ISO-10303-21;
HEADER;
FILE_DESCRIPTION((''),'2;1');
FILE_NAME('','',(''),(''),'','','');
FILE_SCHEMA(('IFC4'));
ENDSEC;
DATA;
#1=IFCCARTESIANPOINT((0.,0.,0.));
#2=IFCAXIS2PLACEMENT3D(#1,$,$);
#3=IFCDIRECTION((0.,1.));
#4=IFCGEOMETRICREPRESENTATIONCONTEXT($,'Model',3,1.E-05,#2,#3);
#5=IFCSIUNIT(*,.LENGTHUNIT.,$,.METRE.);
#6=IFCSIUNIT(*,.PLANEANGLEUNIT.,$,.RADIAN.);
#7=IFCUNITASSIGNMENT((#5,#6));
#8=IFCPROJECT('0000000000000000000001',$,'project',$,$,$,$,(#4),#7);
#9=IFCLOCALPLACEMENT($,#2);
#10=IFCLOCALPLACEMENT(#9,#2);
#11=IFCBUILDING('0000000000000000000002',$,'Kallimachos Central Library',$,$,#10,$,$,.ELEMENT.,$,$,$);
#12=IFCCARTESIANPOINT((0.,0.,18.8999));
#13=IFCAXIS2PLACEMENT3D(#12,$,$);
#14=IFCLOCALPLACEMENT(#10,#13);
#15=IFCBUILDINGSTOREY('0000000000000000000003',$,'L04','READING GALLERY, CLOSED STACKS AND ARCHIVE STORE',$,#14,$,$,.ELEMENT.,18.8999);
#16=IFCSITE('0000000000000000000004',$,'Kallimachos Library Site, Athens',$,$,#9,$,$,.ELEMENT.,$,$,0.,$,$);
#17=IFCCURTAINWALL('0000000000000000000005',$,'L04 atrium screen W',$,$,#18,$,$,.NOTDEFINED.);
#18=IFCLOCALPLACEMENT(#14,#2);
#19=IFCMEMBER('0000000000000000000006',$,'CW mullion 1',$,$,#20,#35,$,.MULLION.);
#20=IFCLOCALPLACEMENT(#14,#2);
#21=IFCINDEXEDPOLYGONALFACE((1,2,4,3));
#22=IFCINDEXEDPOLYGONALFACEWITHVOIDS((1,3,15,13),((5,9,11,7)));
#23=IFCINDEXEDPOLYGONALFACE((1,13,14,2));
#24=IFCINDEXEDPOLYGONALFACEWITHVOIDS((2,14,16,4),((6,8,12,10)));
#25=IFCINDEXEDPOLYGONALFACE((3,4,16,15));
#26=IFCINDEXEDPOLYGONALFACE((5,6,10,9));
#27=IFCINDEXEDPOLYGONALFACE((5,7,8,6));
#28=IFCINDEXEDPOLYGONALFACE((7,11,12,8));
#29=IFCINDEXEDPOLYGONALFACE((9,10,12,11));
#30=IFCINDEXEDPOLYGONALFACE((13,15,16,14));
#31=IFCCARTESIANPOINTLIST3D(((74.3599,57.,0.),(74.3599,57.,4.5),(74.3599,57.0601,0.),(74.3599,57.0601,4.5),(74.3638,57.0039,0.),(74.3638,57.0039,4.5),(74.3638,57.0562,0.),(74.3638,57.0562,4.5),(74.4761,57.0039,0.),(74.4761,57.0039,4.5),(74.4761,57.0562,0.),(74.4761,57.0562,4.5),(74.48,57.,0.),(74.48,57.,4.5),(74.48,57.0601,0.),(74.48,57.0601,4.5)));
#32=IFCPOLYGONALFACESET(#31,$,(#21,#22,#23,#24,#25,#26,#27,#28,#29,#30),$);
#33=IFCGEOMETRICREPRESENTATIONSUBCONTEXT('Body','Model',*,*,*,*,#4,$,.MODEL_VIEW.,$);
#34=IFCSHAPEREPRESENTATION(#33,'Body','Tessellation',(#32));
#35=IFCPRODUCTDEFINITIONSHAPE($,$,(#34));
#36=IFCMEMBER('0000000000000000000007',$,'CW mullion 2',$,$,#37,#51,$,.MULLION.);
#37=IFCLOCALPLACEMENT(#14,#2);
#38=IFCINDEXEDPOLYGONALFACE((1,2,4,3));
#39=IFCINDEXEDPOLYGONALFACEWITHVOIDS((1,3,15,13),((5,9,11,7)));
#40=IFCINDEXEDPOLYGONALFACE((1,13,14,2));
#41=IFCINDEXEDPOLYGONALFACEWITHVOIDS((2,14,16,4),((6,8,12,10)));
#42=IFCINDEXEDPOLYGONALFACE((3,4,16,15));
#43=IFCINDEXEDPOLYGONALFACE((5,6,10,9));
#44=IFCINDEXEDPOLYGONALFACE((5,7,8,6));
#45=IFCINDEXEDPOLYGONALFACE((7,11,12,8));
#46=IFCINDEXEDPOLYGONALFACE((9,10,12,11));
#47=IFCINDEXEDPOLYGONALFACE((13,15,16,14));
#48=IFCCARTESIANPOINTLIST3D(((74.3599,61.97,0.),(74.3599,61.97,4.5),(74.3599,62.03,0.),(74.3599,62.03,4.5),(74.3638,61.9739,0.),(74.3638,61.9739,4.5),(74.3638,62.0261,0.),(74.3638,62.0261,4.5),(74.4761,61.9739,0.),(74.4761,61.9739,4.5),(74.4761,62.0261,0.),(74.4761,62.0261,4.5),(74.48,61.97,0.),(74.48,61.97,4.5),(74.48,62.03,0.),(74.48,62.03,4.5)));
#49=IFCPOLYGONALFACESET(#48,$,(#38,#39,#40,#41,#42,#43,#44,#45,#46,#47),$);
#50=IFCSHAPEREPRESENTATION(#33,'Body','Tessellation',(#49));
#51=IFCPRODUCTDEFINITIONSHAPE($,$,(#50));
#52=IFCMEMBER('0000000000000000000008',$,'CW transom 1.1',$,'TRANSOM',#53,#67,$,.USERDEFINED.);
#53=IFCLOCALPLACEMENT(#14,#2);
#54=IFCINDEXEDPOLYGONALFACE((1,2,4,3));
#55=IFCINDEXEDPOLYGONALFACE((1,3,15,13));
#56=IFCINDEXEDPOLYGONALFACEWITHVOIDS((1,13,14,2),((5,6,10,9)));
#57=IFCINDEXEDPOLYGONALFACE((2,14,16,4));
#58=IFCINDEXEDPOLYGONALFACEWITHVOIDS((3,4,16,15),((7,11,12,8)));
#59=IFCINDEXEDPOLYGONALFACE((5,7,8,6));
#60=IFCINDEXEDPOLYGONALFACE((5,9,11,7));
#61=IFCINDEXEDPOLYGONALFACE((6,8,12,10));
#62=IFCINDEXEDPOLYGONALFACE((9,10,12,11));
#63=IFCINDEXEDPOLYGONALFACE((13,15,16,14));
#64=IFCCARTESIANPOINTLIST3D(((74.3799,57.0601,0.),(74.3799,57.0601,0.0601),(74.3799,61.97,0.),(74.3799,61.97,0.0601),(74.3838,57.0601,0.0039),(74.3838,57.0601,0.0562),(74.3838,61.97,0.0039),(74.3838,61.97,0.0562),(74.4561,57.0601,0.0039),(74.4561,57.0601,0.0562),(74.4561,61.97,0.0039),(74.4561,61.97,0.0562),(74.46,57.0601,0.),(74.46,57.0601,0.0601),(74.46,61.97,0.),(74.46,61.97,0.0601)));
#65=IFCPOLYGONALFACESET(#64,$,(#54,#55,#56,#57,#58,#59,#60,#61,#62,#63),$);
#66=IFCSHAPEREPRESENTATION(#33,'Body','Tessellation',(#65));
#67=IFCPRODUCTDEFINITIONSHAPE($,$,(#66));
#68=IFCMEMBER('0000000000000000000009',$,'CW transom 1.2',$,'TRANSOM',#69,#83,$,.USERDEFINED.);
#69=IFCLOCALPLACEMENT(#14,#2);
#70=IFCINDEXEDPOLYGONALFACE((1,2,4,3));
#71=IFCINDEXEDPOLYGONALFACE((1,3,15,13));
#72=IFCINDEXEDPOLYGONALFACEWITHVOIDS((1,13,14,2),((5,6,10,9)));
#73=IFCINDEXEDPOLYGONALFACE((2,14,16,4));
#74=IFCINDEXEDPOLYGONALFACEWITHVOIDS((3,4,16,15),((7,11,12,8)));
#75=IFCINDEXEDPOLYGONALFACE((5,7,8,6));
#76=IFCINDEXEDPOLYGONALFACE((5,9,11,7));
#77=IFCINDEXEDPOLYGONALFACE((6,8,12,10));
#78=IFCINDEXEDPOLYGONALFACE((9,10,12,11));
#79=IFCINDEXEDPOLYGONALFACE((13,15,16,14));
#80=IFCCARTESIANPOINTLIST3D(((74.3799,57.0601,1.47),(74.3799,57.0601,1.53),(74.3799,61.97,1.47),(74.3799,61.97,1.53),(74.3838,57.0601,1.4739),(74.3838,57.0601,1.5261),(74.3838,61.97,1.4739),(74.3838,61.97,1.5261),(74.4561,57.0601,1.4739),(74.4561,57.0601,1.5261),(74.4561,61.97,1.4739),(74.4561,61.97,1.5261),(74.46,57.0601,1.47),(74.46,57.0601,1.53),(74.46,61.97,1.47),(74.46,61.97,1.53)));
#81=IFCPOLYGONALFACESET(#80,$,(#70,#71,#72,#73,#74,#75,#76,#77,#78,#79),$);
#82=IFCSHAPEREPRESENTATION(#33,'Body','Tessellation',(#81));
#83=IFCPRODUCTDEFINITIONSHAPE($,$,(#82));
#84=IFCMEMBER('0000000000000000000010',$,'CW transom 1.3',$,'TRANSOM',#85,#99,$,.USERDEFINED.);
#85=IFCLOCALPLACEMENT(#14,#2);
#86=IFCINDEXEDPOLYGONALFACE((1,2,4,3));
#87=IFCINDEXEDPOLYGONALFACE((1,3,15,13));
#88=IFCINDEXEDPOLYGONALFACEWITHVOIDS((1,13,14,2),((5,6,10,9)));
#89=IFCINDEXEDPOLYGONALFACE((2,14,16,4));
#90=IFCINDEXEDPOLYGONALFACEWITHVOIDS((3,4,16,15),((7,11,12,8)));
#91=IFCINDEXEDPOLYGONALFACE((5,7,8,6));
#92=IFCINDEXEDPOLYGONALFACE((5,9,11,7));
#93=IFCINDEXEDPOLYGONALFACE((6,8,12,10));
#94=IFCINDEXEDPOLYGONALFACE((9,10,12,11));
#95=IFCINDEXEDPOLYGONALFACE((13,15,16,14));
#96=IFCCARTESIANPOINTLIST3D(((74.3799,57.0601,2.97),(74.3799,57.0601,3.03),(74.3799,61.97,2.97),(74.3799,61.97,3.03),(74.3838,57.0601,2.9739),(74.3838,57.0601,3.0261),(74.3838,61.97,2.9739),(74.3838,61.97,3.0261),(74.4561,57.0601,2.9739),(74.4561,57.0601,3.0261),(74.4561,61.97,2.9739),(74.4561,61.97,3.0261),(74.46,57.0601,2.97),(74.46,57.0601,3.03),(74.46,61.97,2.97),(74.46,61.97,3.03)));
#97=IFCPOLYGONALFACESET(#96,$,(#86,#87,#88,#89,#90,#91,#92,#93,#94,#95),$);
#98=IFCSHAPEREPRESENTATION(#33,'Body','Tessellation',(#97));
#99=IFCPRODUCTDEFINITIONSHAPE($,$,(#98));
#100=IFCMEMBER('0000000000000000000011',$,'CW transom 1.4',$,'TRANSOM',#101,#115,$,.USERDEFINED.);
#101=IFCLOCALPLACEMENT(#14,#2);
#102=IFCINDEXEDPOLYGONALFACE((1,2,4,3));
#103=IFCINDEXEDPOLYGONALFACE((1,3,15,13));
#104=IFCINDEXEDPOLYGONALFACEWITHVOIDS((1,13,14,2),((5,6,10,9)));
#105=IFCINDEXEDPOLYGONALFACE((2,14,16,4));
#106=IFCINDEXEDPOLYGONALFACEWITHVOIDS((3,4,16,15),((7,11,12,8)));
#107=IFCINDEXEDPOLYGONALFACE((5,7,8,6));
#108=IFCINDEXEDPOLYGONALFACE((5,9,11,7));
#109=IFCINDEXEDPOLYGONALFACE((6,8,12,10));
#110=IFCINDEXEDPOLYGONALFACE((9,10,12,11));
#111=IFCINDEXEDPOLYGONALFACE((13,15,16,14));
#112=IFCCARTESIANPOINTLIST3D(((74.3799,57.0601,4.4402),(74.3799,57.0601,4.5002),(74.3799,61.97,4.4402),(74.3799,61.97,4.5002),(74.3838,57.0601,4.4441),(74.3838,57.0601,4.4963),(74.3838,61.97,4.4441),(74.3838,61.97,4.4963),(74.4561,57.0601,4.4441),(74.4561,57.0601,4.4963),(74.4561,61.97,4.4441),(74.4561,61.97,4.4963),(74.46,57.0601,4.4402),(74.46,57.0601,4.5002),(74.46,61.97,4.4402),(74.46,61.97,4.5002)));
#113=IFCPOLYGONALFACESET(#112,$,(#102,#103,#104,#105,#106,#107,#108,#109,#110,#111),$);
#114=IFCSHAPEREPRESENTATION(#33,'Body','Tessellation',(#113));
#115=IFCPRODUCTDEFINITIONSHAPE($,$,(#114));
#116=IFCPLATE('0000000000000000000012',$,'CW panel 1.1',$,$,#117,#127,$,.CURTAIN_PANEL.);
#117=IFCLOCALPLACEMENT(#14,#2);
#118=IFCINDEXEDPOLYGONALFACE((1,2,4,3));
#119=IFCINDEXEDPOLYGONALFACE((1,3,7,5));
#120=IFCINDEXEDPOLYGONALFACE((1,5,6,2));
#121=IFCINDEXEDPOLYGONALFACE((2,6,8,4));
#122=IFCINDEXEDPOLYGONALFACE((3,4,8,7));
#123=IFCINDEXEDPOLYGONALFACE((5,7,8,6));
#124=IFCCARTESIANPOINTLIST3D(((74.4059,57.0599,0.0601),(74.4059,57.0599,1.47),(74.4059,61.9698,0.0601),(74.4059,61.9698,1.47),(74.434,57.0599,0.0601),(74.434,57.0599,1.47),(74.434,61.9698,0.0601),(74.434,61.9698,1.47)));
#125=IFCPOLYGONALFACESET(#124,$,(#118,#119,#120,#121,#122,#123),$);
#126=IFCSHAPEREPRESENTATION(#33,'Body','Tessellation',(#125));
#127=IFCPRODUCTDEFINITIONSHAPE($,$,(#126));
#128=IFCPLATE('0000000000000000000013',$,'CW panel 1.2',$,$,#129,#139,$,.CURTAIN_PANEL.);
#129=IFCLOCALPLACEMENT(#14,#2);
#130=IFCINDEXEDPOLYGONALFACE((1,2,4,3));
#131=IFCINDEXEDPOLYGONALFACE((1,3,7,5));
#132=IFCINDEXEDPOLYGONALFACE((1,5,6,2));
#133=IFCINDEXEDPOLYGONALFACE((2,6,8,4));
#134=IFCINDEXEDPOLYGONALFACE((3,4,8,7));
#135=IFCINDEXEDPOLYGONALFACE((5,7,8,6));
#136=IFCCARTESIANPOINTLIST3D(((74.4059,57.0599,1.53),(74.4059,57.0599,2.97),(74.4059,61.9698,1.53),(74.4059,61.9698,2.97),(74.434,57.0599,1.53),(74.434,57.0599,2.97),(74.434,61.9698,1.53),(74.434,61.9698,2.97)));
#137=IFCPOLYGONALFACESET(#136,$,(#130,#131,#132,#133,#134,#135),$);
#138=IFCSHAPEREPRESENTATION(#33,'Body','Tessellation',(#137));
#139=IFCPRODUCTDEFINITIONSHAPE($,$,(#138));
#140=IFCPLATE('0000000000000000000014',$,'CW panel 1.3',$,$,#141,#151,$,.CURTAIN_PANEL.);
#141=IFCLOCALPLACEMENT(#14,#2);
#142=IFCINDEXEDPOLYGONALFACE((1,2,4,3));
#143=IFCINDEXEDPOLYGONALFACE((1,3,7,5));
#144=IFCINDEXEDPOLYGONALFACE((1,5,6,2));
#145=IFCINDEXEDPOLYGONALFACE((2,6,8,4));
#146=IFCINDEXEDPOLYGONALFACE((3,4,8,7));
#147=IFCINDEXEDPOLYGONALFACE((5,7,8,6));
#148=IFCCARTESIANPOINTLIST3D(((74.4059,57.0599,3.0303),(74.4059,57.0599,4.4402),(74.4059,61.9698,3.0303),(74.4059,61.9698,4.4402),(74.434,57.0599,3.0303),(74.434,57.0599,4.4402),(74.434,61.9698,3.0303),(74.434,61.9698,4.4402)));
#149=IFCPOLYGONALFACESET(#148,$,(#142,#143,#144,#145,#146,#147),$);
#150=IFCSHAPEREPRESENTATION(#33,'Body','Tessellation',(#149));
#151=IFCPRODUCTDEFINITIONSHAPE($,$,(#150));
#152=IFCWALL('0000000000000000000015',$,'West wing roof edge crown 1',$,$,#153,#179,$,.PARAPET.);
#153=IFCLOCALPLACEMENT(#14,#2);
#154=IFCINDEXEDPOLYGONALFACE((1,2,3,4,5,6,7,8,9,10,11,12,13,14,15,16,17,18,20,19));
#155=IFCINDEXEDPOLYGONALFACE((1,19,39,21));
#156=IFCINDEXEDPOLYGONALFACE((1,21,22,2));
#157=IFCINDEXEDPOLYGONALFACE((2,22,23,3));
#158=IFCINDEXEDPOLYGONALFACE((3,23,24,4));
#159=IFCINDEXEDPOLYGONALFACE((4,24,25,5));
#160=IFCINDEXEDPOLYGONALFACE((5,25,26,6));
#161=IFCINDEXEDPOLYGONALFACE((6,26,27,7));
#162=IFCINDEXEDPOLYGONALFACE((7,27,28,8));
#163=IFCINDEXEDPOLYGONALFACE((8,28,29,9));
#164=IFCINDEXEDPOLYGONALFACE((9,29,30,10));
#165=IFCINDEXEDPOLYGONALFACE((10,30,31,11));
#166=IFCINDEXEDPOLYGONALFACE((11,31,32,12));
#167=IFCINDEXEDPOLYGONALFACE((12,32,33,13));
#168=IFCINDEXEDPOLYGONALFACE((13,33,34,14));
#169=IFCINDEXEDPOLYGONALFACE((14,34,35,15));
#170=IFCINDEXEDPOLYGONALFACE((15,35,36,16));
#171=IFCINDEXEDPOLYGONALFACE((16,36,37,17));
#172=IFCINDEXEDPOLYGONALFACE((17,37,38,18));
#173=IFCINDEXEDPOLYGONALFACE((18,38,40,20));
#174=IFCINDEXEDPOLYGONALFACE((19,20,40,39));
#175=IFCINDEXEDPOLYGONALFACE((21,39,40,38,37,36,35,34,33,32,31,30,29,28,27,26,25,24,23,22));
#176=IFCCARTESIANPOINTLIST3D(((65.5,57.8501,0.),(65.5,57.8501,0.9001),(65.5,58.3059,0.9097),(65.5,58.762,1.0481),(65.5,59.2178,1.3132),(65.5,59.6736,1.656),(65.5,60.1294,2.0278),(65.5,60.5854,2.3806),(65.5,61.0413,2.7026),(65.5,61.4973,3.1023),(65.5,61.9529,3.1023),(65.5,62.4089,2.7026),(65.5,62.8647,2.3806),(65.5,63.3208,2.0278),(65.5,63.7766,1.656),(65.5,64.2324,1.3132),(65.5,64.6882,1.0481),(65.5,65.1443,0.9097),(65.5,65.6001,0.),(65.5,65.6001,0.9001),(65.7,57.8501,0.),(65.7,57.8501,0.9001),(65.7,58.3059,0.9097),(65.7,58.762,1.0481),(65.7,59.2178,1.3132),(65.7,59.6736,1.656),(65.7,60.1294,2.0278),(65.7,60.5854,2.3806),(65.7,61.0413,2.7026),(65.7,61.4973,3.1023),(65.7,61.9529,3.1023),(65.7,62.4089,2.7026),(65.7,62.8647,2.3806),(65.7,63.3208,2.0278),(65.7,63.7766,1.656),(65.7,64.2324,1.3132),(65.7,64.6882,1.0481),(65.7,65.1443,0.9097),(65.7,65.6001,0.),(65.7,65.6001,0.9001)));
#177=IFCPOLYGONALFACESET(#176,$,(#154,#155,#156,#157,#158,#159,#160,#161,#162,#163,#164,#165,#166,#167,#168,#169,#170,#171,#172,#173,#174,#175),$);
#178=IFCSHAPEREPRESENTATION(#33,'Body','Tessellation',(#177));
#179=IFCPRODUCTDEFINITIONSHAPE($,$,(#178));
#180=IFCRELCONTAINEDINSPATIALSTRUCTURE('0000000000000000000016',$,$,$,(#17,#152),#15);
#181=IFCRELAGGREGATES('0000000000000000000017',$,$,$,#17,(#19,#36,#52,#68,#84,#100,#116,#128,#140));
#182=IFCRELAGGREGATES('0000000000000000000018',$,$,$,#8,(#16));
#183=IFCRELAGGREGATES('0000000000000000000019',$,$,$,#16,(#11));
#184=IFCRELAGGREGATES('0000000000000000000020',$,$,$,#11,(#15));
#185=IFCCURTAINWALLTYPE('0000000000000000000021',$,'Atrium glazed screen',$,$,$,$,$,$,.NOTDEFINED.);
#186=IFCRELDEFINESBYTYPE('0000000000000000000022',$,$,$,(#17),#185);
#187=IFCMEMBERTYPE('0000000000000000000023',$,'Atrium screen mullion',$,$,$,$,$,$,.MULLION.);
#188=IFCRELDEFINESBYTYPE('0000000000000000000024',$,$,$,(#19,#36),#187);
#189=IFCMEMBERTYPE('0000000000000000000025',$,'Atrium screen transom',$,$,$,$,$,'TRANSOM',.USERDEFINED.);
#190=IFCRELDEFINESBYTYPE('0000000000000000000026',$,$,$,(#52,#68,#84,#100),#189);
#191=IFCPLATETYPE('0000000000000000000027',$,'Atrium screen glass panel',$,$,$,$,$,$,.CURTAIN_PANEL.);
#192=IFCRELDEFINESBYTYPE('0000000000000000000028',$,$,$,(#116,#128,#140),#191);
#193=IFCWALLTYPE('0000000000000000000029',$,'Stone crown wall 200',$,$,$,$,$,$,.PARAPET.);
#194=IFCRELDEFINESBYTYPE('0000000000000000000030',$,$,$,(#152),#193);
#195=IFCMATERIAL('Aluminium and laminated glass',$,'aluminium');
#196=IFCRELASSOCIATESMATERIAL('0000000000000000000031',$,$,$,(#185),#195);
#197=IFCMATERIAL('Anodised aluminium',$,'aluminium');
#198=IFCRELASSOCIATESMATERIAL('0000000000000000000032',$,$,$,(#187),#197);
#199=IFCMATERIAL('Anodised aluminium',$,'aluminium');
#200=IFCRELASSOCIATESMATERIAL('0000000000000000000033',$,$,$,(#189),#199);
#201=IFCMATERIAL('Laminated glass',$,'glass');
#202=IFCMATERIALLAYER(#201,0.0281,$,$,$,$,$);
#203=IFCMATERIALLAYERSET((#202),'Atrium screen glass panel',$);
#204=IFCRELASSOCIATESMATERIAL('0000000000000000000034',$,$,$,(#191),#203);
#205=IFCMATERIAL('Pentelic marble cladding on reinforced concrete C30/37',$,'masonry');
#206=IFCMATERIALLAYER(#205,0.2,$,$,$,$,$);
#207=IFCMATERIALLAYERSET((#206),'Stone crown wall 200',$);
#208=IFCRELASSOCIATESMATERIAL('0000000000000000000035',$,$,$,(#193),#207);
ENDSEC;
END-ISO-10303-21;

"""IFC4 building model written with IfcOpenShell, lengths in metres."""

from ifc_helpers import new_model, si_unit, direction, frame, origin, origin_2d, place, context, subcontext, project, spatial, polyline, rectangle, hollow_rectangle, outline, extrude, material, layer, layer_set, material_profile, profile_set, type_object, element, aggregate, save


model = new_model("IFC4")

# Units and contexts
model_context = context("Model", 3, precision=1e-05, world=origin(), true_north=direction((0.0, 1.0)))
body_context = subcontext(model_context, "Body", "Model", "MODEL_VIEW")
ifc_project = project(units=[si_unit("LENGTHUNIT", "METRE"), si_unit("PLANEANGLEUNIT", "RADIAN")], contexts=[model_context])

# Site, building, storey
site_placement = place(None, origin())
site = spatial("IfcSite", under=ifc_project, at=site_placement, Name="Kallimachos Library Site, Athens", CompositionType="ELEMENT", RefElevation=0.0)
building_placement = place(site_placement, origin())
building = spatial("IfcBuilding", under=site, at=building_placement, Name="Kallimachos Central Library", CompositionType="ELEMENT")
storey_placement = place(building_placement, frame((0.0, 0.0, 18.8999)))
storey = spatial("IfcBuildingStorey", under=building, at=storey_placement, Name="L04", Description="READING GALLERY, CLOSED STACKS AND ARCHIVE STORE", CompositionType="ELEMENT", Elevation=18.8999)

# Curtain wall, members, plates
ifc_material_1 = material(Name="Aluminium and laminated glass", Category="aluminium")
curtain_wall_type = type_object("IfcCurtainWallType", Name="Atrium glazed screen", PredefinedType="NOTDEFINED", material=ifc_material_1)
curtain_wall_placement = place(storey_placement, origin())
curtain_wall = element("IfcCurtainWall", 1, at=curtain_wall_placement, inside=storey, type_object=curtain_wall_type, Name="L04 atrium screen W", PredefinedType="NOTDEFINED")
ifc_material_2 = material(Name="Anodised aluminium", Category="aluminium")
ifc_material_profile_1 = material_profile(ifc_material_2, hollow_rectangle(XDim=0.0601, YDim=0.1201, WallThickness=0.0039, at=origin_2d()), Name="ALU MULLION 60x120")
ifc_profile_set_1 = profile_set([ifc_material_profile_1], Name="Anodised aluminium")
member_type_1 = type_object("IfcMemberType", Name="Atrium screen mullion", PredefinedType="MULLION", material=ifc_profile_set_1)
member_1_placement = place(storey_placement, frame((74.4199, 57.03, 0.0), z_axis=(0.0, 0.0, 1.0), x_axis=(0.0, 1.0, 0.0)))
member_1 = element("IfcMember", 2, at=member_1_placement, type_object=member_type_1, Name="CW mullion 1", PredefinedType="MULLION", context=body_context, shape_type="SweptSolid", body=[
    extrude(hollow_rectangle(XDim=0.0601, YDim=0.1201, WallThickness=0.0039, at=origin_2d()), origin(), (0.0, 0.0, 1.0), 4.5),
])
member_2_placement = place(storey_placement, frame((74.4199, 62.0, 0.0), z_axis=(0.0, 0.0, 1.0), x_axis=(0.0, 1.0, 0.0)))
member_2 = element("IfcMember", 3, at=member_2_placement, type_object=member_type_1, Name="CW mullion 2", PredefinedType="MULLION", context=body_context, shape_type="SweptSolid", body=[
    extrude(hollow_rectangle(XDim=0.0601, YDim=0.1201, WallThickness=0.0039, at=origin_2d()), origin(), (0.0, 0.0, 1.0), 4.5),
])
ifc_material_3 = material(Name="Anodised aluminium", Category="aluminium")
ifc_material_profile_2 = material_profile(ifc_material_3, hollow_rectangle(XDim=0.0601, YDim=0.0801, WallThickness=0.0039, at=origin_2d()), Name="ALU TRANSOM 60x80")
ifc_profile_set_2 = profile_set([ifc_material_profile_2], Name="Anodised aluminium")
member_type_2 = type_object("IfcMemberType", Name="Atrium screen transom", ElementType="TRANSOM", PredefinedType="USERDEFINED", material=ifc_profile_set_2)
member_3_placement = place(storey_placement, frame((74.4199, 57.0601, 0.03), z_axis=(0.0, 1.0, 0.0), x_axis=(0.0, 0.0, 1.0)))
member_3 = element("IfcMember", 4, at=member_3_placement, type_object=member_type_2, Name="CW transom 1.1", ObjectType="TRANSOM", PredefinedType="USERDEFINED", context=body_context, shape_type="SweptSolid", body=[
    extrude(hollow_rectangle(XDim=0.0601, YDim=0.0801, WallThickness=0.0039, at=origin_2d()), origin(), (0.0, 0.0, 1.0), 4.9099),
])
member_4_placement = place(storey_placement, frame((74.4199, 57.0601, 1.5), z_axis=(0.0, 1.0, 0.0), x_axis=(0.0, 0.0, 1.0)))
member_4 = element("IfcMember", 5, at=member_4_placement, type_object=member_type_2, Name="CW transom 1.2", ObjectType="TRANSOM", PredefinedType="USERDEFINED", context=body_context, shape_type="SweptSolid", body=[
    extrude(hollow_rectangle(XDim=0.0601, YDim=0.0801, WallThickness=0.0039, at=origin_2d()), origin(), (0.0, 0.0, 1.0), 4.9099),
])
member_5_placement = place(storey_placement, frame((74.4199, 57.0601, 3.0), z_axis=(0.0, 1.0, 0.0), x_axis=(0.0, 0.0, 1.0)))
member_5 = element("IfcMember", 6, at=member_5_placement, type_object=member_type_2, Name="CW transom 1.3", ObjectType="TRANSOM", PredefinedType="USERDEFINED", context=body_context, shape_type="SweptSolid", body=[
    extrude(hollow_rectangle(XDim=0.0601, YDim=0.0801, WallThickness=0.0039, at=origin_2d()), origin(), (0.0, 0.0, 1.0), 4.9099),
])
member_6_placement = place(storey_placement, frame((74.4199, 57.0601, 4.4702), z_axis=(0.0, 1.0, 0.0), x_axis=(0.0, 0.0, 1.0)))
member_6 = element("IfcMember", 7, at=member_6_placement, type_object=member_type_2, Name="CW transom 1.4", ObjectType="TRANSOM", PredefinedType="USERDEFINED", context=body_context, shape_type="SweptSolid", body=[
    extrude(hollow_rectangle(XDim=0.0601, YDim=0.0801, WallThickness=0.0039, at=origin_2d()), origin(), (0.0, 0.0, 1.0), 4.9099),
])
ifc_material_4 = material(Name="Laminated glass", Category="glass")
ifc_layer_1 = layer(ifc_material_4, 0.0281)
ifc_layer_set_1 = layer_set([ifc_layer_1], Name="Atrium screen glass panel")
plate_type = type_object("IfcPlateType", Name="Atrium screen glass panel", PredefinedType="CURTAIN_PANEL", material=ifc_layer_set_1)
plate_1_placement = place(storey_placement, frame((74.4199, 59.5149, 0.0601), z_axis=(0.0, 0.0, 1.0), x_axis=(0.0, 1.0, 0.0)))
plate_1 = element("IfcPlate", 8, at=plate_1_placement, type_object=plate_type, Name="CW panel 1.1", PredefinedType="CURTAIN_PANEL", context=body_context, shape_type="SweptSolid", body=[
    extrude(rectangle(XDim=4.9099, YDim=0.0281, at=origin_2d()), origin(), (0.0, 0.0, 1.0), 1.4099),
])
plate_2_placement = place(storey_placement, frame((74.4199, 59.5149, 1.53), z_axis=(0.0, 0.0, 1.0), x_axis=(0.0, 1.0, 0.0)))
plate_2 = element("IfcPlate", 9, at=plate_2_placement, type_object=plate_type, Name="CW panel 1.2", PredefinedType="CURTAIN_PANEL", context=body_context, shape_type="SweptSolid", body=[
    extrude(rectangle(XDim=4.9099, YDim=0.0281, at=origin_2d()), origin(), (0.0, 0.0, 1.0), 1.4399),
])
plate_3_placement = place(storey_placement, frame((74.4199, 59.5149, 3.0303), z_axis=(0.0, 0.0, 1.0), x_axis=(0.0, 1.0, 0.0)))
plate_3 = element("IfcPlate", 10, at=plate_3_placement, type_object=plate_type, Name="CW panel 1.3", PredefinedType="CURTAIN_PANEL", context=body_context, shape_type="SweptSolid", body=[
    extrude(rectangle(XDim=4.9099, YDim=0.0281, at=origin_2d()), origin(), (0.0, 0.0, 1.0), 1.4099),
])
aggregate(curtain_wall, [member_1, member_2, member_3, member_4, member_5, member_6, plate_1, plate_2, plate_3])

# Wall
ifc_material_5 = material(Name="Pentelic marble cladding on reinforced concrete C30/37", Category="masonry")
ifc_layer_2 = layer(ifc_material_5, 0.2)
ifc_layer_set_2 = layer_set([ifc_layer_2], Name="Stone crown wall 200")
wall_type = type_object("IfcWallType", Name="Stone crown wall 200", PredefinedType="PARAPET", material=ifc_layer_set_2)
for number, where, z_axis, x_axis, name in (
    (11, (65.6001, 57.8501, 0.0), (0.0, 0.0, 1.0), (0.0, 1.0, 0.0), "West wing roof edge crown 1"),
):
    element("IfcWall", number, at=place(storey_placement, frame(where, z_axis=z_axis, x_axis=x_axis)), inside=storey, type_object=wall_type, Name=name, PredefinedType="PARAPET", context=body_context, shape_type="SweptSolid", body=[
        extrude(outline(polyline([(0.0, 0.0), (7.75, 0.0), (7.75, 0.9001), (7.2942, 0.9097), (6.8381, 1.0481), (6.3823, 1.3132), (5.9265, 1.656), (5.4707, 2.0278), (5.0146, 2.3806), (4.5588, 2.7026), (4.1028, 3.1023), (3.6472, 3.1023), (3.1912, 2.7026), (2.7354, 2.3806), (2.2793, 2.0278), (1.8235, 1.656), (1.3677, 1.3132), (0.9119, 1.0481), (0.4558, 0.9097), (0.0, 0.9001), (0.0, 0.0)])), frame((0.0, 0.1001, 0.0), z_axis=(0.0, -1.0, 0.0), x_axis=(1.0, 0.0, 0.0)), (0.0, 0.0, 1.0), 0.2),
    ])

save(model, "model.ifc")
